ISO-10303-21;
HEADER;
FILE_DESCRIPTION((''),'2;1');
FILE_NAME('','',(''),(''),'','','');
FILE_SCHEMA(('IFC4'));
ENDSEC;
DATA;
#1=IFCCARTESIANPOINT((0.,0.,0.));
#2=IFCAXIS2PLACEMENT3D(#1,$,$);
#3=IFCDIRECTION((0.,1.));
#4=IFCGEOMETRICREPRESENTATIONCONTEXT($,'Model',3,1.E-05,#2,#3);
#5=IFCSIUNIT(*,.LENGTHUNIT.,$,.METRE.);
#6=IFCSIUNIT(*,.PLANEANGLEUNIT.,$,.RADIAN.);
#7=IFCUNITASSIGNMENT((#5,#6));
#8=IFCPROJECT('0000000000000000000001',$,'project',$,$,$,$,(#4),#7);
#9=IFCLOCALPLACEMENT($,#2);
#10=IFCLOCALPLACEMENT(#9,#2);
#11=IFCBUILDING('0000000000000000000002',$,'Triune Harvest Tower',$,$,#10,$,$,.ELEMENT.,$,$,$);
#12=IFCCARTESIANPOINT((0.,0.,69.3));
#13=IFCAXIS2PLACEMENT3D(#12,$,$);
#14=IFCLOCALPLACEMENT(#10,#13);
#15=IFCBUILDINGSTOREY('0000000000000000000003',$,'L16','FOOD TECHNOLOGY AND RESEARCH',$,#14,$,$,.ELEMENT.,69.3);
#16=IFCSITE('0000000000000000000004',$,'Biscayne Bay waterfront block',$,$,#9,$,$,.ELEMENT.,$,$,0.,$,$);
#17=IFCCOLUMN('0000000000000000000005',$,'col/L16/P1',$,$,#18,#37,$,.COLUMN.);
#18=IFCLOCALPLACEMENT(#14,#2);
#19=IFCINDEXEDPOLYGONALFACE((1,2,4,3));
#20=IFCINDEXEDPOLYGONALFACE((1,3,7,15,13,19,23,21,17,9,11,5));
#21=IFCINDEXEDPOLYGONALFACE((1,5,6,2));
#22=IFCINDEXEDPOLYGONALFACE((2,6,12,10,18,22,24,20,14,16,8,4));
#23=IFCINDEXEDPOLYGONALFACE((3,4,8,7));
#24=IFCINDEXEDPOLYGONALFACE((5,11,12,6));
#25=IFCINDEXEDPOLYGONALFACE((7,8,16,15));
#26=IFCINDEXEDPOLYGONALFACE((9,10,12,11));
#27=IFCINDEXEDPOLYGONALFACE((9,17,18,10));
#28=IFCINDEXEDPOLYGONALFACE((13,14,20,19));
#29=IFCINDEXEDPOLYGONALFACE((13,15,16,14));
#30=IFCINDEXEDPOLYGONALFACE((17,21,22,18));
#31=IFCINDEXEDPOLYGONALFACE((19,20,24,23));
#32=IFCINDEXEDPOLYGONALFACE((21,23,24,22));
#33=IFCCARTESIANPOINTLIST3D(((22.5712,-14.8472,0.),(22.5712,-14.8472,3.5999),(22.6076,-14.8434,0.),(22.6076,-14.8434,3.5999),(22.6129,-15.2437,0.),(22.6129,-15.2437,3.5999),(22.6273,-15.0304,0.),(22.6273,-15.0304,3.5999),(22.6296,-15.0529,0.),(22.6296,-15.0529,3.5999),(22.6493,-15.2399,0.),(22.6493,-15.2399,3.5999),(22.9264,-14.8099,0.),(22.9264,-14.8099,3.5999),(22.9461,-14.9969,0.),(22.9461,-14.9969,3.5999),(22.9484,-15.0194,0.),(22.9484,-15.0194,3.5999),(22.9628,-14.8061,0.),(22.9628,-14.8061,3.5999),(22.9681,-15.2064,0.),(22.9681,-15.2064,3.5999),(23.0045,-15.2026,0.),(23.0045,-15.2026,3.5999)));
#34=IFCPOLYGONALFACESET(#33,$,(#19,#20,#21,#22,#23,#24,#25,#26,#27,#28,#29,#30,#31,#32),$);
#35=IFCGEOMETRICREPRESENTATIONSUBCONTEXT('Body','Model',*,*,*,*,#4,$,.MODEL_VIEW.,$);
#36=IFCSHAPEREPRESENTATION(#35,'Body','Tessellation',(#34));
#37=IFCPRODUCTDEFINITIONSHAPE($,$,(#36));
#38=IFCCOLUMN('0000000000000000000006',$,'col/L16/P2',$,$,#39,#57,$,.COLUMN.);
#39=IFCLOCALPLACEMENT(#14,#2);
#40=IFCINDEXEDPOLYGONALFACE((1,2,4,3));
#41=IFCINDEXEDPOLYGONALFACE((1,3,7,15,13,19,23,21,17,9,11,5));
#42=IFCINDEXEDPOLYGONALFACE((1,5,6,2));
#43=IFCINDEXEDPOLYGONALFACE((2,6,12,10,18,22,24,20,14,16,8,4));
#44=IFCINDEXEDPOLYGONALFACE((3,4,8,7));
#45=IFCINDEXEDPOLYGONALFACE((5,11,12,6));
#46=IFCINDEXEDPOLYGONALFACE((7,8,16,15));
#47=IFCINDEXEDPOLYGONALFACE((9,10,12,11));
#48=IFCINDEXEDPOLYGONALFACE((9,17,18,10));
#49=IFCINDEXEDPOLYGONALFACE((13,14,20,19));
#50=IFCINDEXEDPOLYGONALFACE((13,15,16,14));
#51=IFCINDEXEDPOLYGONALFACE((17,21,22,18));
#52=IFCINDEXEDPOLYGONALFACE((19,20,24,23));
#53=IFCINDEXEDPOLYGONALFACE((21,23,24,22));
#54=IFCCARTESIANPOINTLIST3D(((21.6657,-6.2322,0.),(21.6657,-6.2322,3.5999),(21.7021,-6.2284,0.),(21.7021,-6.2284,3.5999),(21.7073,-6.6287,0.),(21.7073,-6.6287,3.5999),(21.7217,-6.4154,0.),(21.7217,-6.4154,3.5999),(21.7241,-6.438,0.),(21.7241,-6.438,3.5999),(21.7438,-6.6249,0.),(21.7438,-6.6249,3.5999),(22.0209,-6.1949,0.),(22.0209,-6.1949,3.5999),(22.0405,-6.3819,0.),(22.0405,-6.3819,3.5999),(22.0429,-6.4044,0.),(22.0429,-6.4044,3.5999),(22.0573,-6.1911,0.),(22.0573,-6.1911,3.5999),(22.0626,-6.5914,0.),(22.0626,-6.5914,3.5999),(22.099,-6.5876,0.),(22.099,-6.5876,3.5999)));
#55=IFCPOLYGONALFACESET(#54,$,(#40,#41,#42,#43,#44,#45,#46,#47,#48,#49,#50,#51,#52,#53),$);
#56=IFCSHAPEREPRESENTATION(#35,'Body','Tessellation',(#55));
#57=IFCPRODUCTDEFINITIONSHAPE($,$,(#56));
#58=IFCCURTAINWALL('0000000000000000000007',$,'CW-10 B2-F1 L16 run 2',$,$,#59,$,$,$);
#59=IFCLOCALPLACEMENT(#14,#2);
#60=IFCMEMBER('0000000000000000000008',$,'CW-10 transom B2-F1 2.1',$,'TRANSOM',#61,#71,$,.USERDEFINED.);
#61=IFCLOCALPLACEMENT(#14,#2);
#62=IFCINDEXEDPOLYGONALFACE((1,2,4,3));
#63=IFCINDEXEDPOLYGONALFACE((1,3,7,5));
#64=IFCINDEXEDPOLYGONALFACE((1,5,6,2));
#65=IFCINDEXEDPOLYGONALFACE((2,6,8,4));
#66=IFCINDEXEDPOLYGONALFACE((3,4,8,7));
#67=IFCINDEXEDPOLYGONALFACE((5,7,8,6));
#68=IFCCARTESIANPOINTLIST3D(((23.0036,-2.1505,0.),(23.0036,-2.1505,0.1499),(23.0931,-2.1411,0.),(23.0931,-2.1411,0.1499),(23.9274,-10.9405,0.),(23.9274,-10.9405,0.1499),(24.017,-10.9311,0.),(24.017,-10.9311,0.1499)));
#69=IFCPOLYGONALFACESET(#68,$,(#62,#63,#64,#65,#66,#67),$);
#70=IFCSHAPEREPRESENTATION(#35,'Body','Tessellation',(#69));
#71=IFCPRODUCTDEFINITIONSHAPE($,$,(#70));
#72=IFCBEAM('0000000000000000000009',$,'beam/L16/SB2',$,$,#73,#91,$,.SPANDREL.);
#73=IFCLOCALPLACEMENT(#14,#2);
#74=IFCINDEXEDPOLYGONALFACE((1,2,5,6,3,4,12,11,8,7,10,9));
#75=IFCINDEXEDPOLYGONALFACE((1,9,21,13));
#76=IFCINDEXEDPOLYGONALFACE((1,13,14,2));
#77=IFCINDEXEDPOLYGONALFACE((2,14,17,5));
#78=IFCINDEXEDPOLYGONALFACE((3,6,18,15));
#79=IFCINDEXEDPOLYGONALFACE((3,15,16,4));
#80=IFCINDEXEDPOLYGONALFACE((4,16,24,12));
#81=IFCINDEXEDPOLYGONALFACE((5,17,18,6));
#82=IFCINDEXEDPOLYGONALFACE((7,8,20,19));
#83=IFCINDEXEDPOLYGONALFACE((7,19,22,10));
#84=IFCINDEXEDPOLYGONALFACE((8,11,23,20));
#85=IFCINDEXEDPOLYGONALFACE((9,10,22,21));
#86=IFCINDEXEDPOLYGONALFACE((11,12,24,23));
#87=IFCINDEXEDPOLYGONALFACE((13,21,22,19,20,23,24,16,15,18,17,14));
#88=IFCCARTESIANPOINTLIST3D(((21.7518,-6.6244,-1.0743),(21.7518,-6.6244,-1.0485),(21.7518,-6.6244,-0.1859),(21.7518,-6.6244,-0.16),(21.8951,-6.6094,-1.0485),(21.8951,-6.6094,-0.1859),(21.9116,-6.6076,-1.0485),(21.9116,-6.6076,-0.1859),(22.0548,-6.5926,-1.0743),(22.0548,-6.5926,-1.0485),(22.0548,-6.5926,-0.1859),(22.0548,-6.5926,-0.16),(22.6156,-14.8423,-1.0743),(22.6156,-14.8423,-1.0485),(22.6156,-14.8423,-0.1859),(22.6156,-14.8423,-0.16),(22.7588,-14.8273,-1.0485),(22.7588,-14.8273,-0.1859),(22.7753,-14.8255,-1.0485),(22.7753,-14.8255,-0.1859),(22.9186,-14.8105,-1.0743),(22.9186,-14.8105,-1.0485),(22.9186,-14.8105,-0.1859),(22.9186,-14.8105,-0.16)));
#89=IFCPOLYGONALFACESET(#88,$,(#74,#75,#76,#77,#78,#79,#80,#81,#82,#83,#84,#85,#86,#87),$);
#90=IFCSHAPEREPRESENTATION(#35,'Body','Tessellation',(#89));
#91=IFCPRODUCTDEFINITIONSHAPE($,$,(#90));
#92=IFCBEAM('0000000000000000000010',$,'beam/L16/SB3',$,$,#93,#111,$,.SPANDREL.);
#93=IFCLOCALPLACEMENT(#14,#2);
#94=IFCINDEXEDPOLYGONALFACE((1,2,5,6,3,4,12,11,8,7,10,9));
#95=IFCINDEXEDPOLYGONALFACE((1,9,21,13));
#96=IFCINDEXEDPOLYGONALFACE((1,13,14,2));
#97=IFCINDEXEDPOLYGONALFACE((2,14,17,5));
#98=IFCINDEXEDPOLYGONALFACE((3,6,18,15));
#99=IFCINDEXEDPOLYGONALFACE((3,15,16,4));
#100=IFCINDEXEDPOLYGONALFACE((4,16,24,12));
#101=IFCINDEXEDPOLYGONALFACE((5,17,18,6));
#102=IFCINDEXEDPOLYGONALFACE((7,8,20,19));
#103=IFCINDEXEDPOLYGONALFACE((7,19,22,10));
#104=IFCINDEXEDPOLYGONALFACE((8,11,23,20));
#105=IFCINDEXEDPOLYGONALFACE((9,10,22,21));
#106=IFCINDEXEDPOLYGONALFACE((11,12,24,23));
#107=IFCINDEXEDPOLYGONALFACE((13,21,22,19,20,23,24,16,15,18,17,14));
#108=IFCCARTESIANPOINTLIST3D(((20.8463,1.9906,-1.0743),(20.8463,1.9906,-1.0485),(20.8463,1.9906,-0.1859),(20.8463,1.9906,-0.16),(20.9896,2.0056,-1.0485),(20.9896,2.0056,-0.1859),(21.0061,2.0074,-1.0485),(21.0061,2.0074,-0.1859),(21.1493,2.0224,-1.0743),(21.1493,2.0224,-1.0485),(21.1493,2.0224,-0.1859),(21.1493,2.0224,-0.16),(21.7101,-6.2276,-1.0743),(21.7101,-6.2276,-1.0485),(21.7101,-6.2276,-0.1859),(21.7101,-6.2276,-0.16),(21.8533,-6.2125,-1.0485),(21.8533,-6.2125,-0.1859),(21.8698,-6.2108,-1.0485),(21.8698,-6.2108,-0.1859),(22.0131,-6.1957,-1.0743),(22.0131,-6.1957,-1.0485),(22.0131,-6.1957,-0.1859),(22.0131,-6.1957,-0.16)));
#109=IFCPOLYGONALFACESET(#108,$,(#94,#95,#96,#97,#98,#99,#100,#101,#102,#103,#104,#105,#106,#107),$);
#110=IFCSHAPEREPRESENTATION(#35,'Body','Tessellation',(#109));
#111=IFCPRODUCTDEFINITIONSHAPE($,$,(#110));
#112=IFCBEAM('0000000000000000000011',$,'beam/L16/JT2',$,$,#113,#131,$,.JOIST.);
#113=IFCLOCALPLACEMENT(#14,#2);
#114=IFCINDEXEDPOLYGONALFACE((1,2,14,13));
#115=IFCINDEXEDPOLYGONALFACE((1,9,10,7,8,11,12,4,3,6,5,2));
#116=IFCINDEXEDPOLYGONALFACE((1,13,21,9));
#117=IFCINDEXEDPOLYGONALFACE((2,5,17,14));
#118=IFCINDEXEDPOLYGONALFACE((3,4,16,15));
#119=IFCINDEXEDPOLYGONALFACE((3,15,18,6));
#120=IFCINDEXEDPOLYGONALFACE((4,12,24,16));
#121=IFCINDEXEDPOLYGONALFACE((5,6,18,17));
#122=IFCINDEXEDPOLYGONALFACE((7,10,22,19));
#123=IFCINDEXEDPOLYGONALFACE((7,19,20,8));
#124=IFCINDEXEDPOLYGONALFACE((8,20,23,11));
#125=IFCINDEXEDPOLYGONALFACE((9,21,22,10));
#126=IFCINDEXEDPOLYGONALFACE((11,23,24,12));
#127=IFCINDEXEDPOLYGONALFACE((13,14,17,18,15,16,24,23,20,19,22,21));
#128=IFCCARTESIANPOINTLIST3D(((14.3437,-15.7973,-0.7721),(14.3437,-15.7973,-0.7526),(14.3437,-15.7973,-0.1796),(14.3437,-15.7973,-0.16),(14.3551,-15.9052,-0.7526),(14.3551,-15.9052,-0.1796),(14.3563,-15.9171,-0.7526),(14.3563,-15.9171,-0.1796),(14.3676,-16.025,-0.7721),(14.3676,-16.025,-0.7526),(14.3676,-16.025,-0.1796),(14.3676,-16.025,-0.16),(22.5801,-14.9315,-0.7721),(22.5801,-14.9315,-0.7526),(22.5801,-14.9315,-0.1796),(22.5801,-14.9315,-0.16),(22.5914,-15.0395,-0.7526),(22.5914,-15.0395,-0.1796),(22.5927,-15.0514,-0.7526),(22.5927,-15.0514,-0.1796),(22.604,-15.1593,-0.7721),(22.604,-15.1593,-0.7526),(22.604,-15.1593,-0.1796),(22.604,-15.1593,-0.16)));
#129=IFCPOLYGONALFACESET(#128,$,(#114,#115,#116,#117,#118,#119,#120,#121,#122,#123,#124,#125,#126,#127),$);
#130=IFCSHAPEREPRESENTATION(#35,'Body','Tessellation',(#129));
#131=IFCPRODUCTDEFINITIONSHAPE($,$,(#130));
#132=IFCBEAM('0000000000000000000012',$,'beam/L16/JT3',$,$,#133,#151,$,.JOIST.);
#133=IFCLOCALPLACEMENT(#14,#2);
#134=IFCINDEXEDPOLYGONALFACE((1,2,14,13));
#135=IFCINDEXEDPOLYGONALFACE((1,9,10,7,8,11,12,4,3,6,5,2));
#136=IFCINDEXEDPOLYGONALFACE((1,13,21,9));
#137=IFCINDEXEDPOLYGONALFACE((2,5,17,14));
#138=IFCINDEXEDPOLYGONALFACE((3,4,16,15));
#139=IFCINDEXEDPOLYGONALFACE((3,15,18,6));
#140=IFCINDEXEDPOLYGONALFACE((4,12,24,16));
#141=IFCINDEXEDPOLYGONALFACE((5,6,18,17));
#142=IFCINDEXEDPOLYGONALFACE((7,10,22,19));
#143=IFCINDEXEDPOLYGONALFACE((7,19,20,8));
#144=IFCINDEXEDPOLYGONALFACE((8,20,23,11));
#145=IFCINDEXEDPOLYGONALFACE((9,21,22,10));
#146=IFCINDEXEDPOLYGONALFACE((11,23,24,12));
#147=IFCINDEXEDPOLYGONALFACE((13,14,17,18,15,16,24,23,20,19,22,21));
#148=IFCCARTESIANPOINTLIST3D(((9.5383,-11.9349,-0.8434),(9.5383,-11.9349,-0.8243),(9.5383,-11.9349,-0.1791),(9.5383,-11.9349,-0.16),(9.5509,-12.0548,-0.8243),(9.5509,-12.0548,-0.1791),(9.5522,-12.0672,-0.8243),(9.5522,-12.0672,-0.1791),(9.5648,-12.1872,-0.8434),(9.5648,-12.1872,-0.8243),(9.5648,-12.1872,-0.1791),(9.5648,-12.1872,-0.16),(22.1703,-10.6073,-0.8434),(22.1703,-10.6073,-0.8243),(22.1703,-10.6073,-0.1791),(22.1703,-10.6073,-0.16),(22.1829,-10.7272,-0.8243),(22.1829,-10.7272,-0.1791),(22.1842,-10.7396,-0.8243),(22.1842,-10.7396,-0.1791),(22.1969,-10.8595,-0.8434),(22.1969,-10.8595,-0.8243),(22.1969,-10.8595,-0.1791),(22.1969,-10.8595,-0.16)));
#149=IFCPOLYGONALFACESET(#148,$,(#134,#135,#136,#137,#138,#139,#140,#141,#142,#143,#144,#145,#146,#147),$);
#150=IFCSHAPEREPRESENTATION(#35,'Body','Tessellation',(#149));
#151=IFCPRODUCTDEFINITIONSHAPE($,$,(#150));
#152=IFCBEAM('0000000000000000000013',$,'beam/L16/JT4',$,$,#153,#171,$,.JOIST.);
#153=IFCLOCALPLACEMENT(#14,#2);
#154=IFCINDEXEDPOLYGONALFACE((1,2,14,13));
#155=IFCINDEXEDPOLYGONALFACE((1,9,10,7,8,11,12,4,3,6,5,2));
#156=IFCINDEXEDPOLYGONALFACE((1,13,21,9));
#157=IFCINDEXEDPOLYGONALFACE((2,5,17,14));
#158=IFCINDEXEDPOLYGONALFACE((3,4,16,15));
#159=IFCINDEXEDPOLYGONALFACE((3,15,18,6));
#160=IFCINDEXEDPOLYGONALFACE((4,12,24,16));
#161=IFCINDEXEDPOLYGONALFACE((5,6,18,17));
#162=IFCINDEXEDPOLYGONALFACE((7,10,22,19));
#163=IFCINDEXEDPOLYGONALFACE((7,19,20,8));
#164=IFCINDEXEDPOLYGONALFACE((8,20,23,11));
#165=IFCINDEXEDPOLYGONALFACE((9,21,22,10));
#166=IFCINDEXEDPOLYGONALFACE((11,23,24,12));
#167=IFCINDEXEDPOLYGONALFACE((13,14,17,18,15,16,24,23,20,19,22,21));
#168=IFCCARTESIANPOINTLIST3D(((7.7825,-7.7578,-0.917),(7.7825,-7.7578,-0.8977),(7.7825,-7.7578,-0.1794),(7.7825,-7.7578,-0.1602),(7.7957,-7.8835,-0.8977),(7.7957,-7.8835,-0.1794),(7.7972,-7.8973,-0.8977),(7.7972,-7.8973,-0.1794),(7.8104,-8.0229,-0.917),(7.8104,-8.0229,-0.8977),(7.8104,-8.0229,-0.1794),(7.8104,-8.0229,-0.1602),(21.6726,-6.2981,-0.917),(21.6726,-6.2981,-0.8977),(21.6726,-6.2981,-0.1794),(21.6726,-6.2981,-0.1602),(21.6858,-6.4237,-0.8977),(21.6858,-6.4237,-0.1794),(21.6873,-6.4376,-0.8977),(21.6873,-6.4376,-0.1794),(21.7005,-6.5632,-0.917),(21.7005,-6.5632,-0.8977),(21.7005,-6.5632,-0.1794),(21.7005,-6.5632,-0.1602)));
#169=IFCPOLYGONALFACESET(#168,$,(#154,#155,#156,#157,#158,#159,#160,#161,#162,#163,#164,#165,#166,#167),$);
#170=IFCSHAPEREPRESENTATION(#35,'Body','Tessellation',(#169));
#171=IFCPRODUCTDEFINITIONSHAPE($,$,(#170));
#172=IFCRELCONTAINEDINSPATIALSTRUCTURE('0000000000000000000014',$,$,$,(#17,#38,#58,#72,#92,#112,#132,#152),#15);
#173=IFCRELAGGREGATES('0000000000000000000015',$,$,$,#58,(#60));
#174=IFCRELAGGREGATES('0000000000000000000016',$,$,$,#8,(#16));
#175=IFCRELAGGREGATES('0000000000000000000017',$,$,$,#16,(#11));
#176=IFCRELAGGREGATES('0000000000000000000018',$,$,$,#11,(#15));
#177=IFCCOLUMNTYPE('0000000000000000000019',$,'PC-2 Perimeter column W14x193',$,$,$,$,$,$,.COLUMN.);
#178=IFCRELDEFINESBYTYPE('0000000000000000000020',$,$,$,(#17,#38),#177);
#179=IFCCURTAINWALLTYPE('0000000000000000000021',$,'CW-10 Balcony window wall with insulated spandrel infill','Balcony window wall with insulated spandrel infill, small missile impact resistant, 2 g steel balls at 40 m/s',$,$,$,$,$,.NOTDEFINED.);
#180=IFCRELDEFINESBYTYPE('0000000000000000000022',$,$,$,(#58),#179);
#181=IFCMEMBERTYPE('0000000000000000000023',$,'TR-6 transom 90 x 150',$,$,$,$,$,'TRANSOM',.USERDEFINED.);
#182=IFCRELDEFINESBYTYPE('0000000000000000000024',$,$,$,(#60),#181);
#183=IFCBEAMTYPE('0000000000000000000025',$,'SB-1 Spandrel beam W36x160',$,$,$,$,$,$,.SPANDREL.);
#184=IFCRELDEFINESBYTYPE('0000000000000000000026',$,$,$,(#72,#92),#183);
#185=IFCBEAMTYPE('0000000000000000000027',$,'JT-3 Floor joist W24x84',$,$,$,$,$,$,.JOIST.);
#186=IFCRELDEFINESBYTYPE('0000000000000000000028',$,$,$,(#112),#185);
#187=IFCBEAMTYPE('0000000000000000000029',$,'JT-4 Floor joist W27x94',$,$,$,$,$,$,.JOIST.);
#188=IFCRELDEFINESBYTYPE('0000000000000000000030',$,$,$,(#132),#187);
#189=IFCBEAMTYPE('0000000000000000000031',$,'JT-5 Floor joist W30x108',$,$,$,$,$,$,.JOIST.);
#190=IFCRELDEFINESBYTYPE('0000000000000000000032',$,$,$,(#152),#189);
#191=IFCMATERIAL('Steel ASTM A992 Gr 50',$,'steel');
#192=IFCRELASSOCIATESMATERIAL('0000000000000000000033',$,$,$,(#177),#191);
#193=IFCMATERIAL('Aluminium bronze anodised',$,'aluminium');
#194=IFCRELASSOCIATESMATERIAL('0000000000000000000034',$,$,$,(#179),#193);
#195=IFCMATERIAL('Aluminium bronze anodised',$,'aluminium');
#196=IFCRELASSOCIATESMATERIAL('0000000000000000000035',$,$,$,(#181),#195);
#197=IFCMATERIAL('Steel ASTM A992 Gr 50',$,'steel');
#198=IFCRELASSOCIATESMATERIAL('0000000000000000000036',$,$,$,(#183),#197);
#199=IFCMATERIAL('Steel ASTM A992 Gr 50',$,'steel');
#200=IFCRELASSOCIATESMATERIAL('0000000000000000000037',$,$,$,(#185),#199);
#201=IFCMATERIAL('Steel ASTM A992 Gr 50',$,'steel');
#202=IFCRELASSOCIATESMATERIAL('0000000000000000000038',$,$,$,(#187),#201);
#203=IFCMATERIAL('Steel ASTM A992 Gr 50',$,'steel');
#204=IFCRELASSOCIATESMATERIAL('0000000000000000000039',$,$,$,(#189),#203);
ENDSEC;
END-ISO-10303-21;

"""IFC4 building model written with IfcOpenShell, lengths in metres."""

from ifc_helpers import new_model, si_unit, direction, frame, origin, origin_2d, place, context, subcontext, project, spatial, rectangle, i_section, extrude, source, transform, mapped, material, material_profile, profile_set, type_object, element, aggregate, save


model = new_model("IFC4")

# Units and contexts
model_context = context("Model", 3, precision=1e-05, world=origin(), true_north=direction((0.0, 1.0)))
body_context = subcontext(model_context, "Body", "Model", "MODEL_VIEW")
ifc_project = project(units=[si_unit("LENGTHUNIT", "METRE"), si_unit("PLANEANGLEUNIT", "RADIAN")], contexts=[model_context])

# Site, building, storey
site_placement = place(None, origin())
site = spatial("IfcSite", under=ifc_project, at=site_placement, Name="Biscayne Bay waterfront block", CompositionType="ELEMENT", RefElevation=0.0)
building_placement = place(site_placement, origin())
building = spatial("IfcBuilding", under=site, at=building_placement, Name="Triune Harvest Tower", CompositionType="ELEMENT")
storey_placement = place(building_placement, frame((0.0, 0.0, 69.3)))
storey = spatial("IfcBuildingStorey", under=building, at=storey_placement, Name="L16", Description="FOOD TECHNOLOGY AND RESEARCH", CompositionType="ELEMENT", Elevation=69.3)

# Columns
ifc_material_1 = material(Name="Steel ASTM A992 Gr 50", Category="steel")
ifc_material_profile_1 = material_profile(ifc_material_1, i_section(OverallWidth=0.3987, OverallDepth=0.3938, WebThickness=0.0227, FlangeThickness=0.0366, at=origin_2d()), Name="W14x193")
ifc_profile_set_1 = profile_set([ifc_material_profile_1], Name="Steel ASTM A992 Gr 50")
column_type = type_object("IfcColumnType", Name="PC-2 Perimeter column W14x193", PredefinedType="COLUMN", material=ifc_profile_set_1)
shared_shape_1 = source(origin(), body_context, "Body", "SweptSolid", [
    extrude(i_section(OverallWidth=0.3987, OverallDepth=0.3938, WebThickness=0.0227, FlangeThickness=0.0366, at=origin_2d()), origin(), (0.0, 0.0, 1.0), 3.5999),
])
for number, where, z_axis, x_axis, name in (
    (1, (22.7878, -15.0249, 0.0), (0.0, 0.0, 1.0), (-0.104527, 0.994522, 0.0), "col/L16/P1"),
    (2, (21.8823, -6.4099, 0.0), (0.0, 0.0, 1.0), (-0.104527, 0.994522, 0.0), "col/L16/P2"),
):
    element("IfcColumn", number, at=place(storey_placement, frame(where, z_axis=z_axis, x_axis=x_axis)), inside=storey, type_object=column_type, Name=name, PredefinedType="COLUMN", context=body_context, shape_type="MappedRepresentation", body=[
        mapped(shared_shape_1, transform((0.0, 0.0, 0.0), scale=1.0)),
    ])

# Curtain wall, member
ifc_material_2 = material(Name="Aluminium bronze anodised", Category="aluminium")
curtain_wall_type = type_object("IfcCurtainWallType", Name="CW-10 Balcony window wall with insulated spandrel infill", Description="Balcony window wall with insulated spandrel infill, small missile impact resistant, 2 g steel balls at 40 m/s", PredefinedType="NOTDEFINED", material=ifc_material_2)
curtain_wall_placement = place(storey_placement, origin())
curtain_wall = element("IfcCurtainWall", 3, at=curtain_wall_placement, inside=storey, type_object=curtain_wall_type, Name="CW-10 B2-F1 L16 run 2")
ifc_material_3 = material(Name="Aluminium bronze anodised", Category="aluminium")
ifc_material_profile_2 = material_profile(ifc_material_3, rectangle(XDim=0.0901, YDim=0.1499, at=origin_2d()), Name="TR-6 transom 90 x 150")
ifc_profile_set_2 = profile_set([ifc_material_profile_2], Name="Aluminium bronze anodised")
member_type_1 = type_object("IfcMemberType", Name="TR-6 transom 90 x 150", ElementType="TRANSOM", PredefinedType="USERDEFINED", material=ifc_profile_set_2)
member_1_placement = place(storey_placement, frame((23.9722, -10.9358, 0.075), z_axis=(-0.104524, 0.994522, 0.0), x_axis=(-0.994522, -0.104524, 0.0)))
member_1 = element("IfcMember", 4, at=member_1_placement, type_object=member_type_1, Name="CW-10 transom B2-F1 2.1", ObjectType="TRANSOM", PredefinedType="USERDEFINED", context=body_context, shape_type="SweptSolid", body=[
    extrude(rectangle(XDim=0.0901, YDim=0.1499, at=origin_2d()), origin(), (0.0, 0.0, 1.0), 8.8384),
])

# Beams
ifc_material_4 = material(Name="Steel ASTM A992 Gr 50", Category="steel")
ifc_material_profile_3 = material_profile(ifc_material_4, i_section(OverallWidth=0.3047, OverallDepth=0.9143, WebThickness=0.0166, FlangeThickness=0.0259, at=origin_2d()), Name="W36x160")
ifc_profile_set_3 = profile_set([ifc_material_profile_3], Name="Steel ASTM A992 Gr 50")
beam_type_1 = type_object("IfcBeamType", Name="SB-1 Spandrel beam W36x160", PredefinedType="SPANDREL", material=ifc_profile_set_3)
shared_shape_2 = source(origin(), body_context, "Body", "SweptSolid", [
    extrude(i_section(OverallWidth=0.3047, OverallDepth=0.9143, WebThickness=0.0166, FlangeThickness=0.0259, at=origin_2d()), origin(), (0.0, 0.0, 1.0), 8.2632),
])
beam_1_placement = place(storey_placement, frame((22.7671, -14.8264, -0.6172), z_axis=(-0.104531, 0.994522, 0.0), x_axis=(-0.994522, -0.104531, 0.0)))
element("IfcBeam", 5, at=beam_1_placement, inside=storey, type_object=beam_type_1, Name="beam/L16/SB2", PredefinedType="SPANDREL", context=body_context, shape_type="MappedRepresentation", body=[
    mapped(shared_shape_2, transform((0.0, 0.0, 0.0), scale=1.0)),
])
shared_shape_3 = source(origin(), body_context, "Body", "SweptSolid", [
    extrude(i_section(OverallWidth=0.3047, OverallDepth=0.9143, WebThickness=0.0166, FlangeThickness=0.0259, at=origin_2d()), origin(), (0.0, 0.0, 1.0), 8.2634),
])
beam_2_placement = place(storey_placement, frame((21.8616, -6.2117, -0.6172), z_axis=(-0.104528, 0.994522, 0.0), x_axis=(-0.994522, -0.104528, 0.0)))
element("IfcBeam", 6, at=beam_2_placement, inside=storey, type_object=beam_type_1, Name="beam/L16/SB3", PredefinedType="SPANDREL", context=body_context, shape_type="MappedRepresentation", body=[
    mapped(shared_shape_3, transform((0.0, 0.0, 0.0), scale=1.0)),
])
ifc_material_5 = material(Name="Steel ASTM A992 Gr 50", Category="steel")
ifc_material_profile_4 = material_profile(ifc_material_5, i_section(OverallWidth=0.229, OverallDepth=0.6121, WebThickness=0.012, FlangeThickness=0.0195, at=origin_2d()), Name="W24x84")
ifc_profile_set_4 = profile_set([ifc_material_profile_4], Name="Steel ASTM A992 Gr 50")
beam_type_2 = type_object("IfcBeamType", Name="JT-3 Floor joist W24x84", PredefinedType="JOIST", material=ifc_profile_set_4)
shared_shape_4 = source(origin(), body_context, "Body", "SweptSolid", [
    extrude(i_section(OverallWidth=0.229, OverallDepth=0.6121, WebThickness=0.012, FlangeThickness=0.0195, at=origin_2d()), origin(), (0.0, 0.0, 1.0), 8.2817),
])
beam_3_placement = place(storey_placement, frame((22.592, -15.0454, -0.4661), z_axis=(-0.994521, -0.104534, 0.0), x_axis=(0.104534, -0.994521, 0.0)))
element("IfcBeam", 7, at=beam_3_placement, inside=storey, type_object=beam_type_2, Name="beam/L16/JT2", PredefinedType="JOIST", context=body_context, shape_type="MappedRepresentation", body=[
    mapped(shared_shape_4, transform((0.0, 0.0, 0.0), scale=1.0)),
])
ifc_material_6 = material(Name="Steel ASTM A992 Gr 50", Category="steel")
ifc_material_profile_5 = material_profile(ifc_material_6, i_section(OverallWidth=0.2537, OverallDepth=0.6833, WebThickness=0.0125, FlangeThickness=0.019, at=origin_2d()), Name="W27x94")
ifc_profile_set_5 = profile_set([ifc_material_profile_5], Name="Steel ASTM A992 Gr 50")
beam_type_3 = type_object("IfcBeamType", Name="JT-4 Floor joist W27x94", PredefinedType="JOIST", material=ifc_profile_set_5)
shared_shape_5 = source(origin(), body_context, "Body", "SweptSolid", [
    extrude(i_section(OverallWidth=0.2537, OverallDepth=0.6833, WebThickness=0.0125, FlangeThickness=0.019, at=origin_2d()), origin(), (0.0, 0.0, 1.0), 12.7017),
])
beam_4_placement = place(storey_placement, frame((22.1836, -10.7334, -0.5017), z_axis=(-0.994522, -0.104525, 0.0), x_axis=(0.104525, -0.994522, 0.0)))
element("IfcBeam", 8, at=beam_4_placement, inside=storey, type_object=beam_type_3, Name="beam/L16/JT3", PredefinedType="JOIST", context=body_context, shape_type="MappedRepresentation", body=[
    mapped(shared_shape_5, transform((0.0, 0.0, 0.0), scale=1.0)),
])
ifc_material_7 = material(Name="Steel ASTM A992 Gr 50", Category="steel")
ifc_material_profile_6 = material_profile(ifc_material_7, i_section(OverallWidth=0.2666, OverallDepth=0.7568, WebThickness=0.0139, FlangeThickness=0.0193, at=origin_2d()), Name="W30x108")
ifc_profile_set_6 = profile_set([ifc_material_profile_6], Name="Steel ASTM A992 Gr 50")
beam_type_4 = type_object("IfcBeamType", Name="JT-5 Floor joist W30x108", PredefinedType="JOIST", material=ifc_profile_set_6)
shared_shape_6 = source(origin(), body_context, "Body", "SweptSolid", [
    extrude(i_section(OverallWidth=0.2666, OverallDepth=0.7568, WebThickness=0.0139, FlangeThickness=0.0193, at=origin_2d()), origin(), (0.0, 0.0, 1.0), 13.9666),
])
beam_5_placement = place(storey_placement, frame((21.6865, -6.4307, -0.5386), z_axis=(-0.994523, -0.104515, 0.0), x_axis=(0.104515, -0.994523, 0.0)))
element("IfcBeam", 9, at=beam_5_placement, inside=storey, type_object=beam_type_4, Name="beam/L16/JT4", PredefinedType="JOIST", context=body_context, shape_type="MappedRepresentation", body=[
    mapped(shared_shape_6, transform((0.0, 0.0, 0.0), scale=1.0)),
])

aggregate(curtain_wall, [member_1])

save(model, "model.ifc")
